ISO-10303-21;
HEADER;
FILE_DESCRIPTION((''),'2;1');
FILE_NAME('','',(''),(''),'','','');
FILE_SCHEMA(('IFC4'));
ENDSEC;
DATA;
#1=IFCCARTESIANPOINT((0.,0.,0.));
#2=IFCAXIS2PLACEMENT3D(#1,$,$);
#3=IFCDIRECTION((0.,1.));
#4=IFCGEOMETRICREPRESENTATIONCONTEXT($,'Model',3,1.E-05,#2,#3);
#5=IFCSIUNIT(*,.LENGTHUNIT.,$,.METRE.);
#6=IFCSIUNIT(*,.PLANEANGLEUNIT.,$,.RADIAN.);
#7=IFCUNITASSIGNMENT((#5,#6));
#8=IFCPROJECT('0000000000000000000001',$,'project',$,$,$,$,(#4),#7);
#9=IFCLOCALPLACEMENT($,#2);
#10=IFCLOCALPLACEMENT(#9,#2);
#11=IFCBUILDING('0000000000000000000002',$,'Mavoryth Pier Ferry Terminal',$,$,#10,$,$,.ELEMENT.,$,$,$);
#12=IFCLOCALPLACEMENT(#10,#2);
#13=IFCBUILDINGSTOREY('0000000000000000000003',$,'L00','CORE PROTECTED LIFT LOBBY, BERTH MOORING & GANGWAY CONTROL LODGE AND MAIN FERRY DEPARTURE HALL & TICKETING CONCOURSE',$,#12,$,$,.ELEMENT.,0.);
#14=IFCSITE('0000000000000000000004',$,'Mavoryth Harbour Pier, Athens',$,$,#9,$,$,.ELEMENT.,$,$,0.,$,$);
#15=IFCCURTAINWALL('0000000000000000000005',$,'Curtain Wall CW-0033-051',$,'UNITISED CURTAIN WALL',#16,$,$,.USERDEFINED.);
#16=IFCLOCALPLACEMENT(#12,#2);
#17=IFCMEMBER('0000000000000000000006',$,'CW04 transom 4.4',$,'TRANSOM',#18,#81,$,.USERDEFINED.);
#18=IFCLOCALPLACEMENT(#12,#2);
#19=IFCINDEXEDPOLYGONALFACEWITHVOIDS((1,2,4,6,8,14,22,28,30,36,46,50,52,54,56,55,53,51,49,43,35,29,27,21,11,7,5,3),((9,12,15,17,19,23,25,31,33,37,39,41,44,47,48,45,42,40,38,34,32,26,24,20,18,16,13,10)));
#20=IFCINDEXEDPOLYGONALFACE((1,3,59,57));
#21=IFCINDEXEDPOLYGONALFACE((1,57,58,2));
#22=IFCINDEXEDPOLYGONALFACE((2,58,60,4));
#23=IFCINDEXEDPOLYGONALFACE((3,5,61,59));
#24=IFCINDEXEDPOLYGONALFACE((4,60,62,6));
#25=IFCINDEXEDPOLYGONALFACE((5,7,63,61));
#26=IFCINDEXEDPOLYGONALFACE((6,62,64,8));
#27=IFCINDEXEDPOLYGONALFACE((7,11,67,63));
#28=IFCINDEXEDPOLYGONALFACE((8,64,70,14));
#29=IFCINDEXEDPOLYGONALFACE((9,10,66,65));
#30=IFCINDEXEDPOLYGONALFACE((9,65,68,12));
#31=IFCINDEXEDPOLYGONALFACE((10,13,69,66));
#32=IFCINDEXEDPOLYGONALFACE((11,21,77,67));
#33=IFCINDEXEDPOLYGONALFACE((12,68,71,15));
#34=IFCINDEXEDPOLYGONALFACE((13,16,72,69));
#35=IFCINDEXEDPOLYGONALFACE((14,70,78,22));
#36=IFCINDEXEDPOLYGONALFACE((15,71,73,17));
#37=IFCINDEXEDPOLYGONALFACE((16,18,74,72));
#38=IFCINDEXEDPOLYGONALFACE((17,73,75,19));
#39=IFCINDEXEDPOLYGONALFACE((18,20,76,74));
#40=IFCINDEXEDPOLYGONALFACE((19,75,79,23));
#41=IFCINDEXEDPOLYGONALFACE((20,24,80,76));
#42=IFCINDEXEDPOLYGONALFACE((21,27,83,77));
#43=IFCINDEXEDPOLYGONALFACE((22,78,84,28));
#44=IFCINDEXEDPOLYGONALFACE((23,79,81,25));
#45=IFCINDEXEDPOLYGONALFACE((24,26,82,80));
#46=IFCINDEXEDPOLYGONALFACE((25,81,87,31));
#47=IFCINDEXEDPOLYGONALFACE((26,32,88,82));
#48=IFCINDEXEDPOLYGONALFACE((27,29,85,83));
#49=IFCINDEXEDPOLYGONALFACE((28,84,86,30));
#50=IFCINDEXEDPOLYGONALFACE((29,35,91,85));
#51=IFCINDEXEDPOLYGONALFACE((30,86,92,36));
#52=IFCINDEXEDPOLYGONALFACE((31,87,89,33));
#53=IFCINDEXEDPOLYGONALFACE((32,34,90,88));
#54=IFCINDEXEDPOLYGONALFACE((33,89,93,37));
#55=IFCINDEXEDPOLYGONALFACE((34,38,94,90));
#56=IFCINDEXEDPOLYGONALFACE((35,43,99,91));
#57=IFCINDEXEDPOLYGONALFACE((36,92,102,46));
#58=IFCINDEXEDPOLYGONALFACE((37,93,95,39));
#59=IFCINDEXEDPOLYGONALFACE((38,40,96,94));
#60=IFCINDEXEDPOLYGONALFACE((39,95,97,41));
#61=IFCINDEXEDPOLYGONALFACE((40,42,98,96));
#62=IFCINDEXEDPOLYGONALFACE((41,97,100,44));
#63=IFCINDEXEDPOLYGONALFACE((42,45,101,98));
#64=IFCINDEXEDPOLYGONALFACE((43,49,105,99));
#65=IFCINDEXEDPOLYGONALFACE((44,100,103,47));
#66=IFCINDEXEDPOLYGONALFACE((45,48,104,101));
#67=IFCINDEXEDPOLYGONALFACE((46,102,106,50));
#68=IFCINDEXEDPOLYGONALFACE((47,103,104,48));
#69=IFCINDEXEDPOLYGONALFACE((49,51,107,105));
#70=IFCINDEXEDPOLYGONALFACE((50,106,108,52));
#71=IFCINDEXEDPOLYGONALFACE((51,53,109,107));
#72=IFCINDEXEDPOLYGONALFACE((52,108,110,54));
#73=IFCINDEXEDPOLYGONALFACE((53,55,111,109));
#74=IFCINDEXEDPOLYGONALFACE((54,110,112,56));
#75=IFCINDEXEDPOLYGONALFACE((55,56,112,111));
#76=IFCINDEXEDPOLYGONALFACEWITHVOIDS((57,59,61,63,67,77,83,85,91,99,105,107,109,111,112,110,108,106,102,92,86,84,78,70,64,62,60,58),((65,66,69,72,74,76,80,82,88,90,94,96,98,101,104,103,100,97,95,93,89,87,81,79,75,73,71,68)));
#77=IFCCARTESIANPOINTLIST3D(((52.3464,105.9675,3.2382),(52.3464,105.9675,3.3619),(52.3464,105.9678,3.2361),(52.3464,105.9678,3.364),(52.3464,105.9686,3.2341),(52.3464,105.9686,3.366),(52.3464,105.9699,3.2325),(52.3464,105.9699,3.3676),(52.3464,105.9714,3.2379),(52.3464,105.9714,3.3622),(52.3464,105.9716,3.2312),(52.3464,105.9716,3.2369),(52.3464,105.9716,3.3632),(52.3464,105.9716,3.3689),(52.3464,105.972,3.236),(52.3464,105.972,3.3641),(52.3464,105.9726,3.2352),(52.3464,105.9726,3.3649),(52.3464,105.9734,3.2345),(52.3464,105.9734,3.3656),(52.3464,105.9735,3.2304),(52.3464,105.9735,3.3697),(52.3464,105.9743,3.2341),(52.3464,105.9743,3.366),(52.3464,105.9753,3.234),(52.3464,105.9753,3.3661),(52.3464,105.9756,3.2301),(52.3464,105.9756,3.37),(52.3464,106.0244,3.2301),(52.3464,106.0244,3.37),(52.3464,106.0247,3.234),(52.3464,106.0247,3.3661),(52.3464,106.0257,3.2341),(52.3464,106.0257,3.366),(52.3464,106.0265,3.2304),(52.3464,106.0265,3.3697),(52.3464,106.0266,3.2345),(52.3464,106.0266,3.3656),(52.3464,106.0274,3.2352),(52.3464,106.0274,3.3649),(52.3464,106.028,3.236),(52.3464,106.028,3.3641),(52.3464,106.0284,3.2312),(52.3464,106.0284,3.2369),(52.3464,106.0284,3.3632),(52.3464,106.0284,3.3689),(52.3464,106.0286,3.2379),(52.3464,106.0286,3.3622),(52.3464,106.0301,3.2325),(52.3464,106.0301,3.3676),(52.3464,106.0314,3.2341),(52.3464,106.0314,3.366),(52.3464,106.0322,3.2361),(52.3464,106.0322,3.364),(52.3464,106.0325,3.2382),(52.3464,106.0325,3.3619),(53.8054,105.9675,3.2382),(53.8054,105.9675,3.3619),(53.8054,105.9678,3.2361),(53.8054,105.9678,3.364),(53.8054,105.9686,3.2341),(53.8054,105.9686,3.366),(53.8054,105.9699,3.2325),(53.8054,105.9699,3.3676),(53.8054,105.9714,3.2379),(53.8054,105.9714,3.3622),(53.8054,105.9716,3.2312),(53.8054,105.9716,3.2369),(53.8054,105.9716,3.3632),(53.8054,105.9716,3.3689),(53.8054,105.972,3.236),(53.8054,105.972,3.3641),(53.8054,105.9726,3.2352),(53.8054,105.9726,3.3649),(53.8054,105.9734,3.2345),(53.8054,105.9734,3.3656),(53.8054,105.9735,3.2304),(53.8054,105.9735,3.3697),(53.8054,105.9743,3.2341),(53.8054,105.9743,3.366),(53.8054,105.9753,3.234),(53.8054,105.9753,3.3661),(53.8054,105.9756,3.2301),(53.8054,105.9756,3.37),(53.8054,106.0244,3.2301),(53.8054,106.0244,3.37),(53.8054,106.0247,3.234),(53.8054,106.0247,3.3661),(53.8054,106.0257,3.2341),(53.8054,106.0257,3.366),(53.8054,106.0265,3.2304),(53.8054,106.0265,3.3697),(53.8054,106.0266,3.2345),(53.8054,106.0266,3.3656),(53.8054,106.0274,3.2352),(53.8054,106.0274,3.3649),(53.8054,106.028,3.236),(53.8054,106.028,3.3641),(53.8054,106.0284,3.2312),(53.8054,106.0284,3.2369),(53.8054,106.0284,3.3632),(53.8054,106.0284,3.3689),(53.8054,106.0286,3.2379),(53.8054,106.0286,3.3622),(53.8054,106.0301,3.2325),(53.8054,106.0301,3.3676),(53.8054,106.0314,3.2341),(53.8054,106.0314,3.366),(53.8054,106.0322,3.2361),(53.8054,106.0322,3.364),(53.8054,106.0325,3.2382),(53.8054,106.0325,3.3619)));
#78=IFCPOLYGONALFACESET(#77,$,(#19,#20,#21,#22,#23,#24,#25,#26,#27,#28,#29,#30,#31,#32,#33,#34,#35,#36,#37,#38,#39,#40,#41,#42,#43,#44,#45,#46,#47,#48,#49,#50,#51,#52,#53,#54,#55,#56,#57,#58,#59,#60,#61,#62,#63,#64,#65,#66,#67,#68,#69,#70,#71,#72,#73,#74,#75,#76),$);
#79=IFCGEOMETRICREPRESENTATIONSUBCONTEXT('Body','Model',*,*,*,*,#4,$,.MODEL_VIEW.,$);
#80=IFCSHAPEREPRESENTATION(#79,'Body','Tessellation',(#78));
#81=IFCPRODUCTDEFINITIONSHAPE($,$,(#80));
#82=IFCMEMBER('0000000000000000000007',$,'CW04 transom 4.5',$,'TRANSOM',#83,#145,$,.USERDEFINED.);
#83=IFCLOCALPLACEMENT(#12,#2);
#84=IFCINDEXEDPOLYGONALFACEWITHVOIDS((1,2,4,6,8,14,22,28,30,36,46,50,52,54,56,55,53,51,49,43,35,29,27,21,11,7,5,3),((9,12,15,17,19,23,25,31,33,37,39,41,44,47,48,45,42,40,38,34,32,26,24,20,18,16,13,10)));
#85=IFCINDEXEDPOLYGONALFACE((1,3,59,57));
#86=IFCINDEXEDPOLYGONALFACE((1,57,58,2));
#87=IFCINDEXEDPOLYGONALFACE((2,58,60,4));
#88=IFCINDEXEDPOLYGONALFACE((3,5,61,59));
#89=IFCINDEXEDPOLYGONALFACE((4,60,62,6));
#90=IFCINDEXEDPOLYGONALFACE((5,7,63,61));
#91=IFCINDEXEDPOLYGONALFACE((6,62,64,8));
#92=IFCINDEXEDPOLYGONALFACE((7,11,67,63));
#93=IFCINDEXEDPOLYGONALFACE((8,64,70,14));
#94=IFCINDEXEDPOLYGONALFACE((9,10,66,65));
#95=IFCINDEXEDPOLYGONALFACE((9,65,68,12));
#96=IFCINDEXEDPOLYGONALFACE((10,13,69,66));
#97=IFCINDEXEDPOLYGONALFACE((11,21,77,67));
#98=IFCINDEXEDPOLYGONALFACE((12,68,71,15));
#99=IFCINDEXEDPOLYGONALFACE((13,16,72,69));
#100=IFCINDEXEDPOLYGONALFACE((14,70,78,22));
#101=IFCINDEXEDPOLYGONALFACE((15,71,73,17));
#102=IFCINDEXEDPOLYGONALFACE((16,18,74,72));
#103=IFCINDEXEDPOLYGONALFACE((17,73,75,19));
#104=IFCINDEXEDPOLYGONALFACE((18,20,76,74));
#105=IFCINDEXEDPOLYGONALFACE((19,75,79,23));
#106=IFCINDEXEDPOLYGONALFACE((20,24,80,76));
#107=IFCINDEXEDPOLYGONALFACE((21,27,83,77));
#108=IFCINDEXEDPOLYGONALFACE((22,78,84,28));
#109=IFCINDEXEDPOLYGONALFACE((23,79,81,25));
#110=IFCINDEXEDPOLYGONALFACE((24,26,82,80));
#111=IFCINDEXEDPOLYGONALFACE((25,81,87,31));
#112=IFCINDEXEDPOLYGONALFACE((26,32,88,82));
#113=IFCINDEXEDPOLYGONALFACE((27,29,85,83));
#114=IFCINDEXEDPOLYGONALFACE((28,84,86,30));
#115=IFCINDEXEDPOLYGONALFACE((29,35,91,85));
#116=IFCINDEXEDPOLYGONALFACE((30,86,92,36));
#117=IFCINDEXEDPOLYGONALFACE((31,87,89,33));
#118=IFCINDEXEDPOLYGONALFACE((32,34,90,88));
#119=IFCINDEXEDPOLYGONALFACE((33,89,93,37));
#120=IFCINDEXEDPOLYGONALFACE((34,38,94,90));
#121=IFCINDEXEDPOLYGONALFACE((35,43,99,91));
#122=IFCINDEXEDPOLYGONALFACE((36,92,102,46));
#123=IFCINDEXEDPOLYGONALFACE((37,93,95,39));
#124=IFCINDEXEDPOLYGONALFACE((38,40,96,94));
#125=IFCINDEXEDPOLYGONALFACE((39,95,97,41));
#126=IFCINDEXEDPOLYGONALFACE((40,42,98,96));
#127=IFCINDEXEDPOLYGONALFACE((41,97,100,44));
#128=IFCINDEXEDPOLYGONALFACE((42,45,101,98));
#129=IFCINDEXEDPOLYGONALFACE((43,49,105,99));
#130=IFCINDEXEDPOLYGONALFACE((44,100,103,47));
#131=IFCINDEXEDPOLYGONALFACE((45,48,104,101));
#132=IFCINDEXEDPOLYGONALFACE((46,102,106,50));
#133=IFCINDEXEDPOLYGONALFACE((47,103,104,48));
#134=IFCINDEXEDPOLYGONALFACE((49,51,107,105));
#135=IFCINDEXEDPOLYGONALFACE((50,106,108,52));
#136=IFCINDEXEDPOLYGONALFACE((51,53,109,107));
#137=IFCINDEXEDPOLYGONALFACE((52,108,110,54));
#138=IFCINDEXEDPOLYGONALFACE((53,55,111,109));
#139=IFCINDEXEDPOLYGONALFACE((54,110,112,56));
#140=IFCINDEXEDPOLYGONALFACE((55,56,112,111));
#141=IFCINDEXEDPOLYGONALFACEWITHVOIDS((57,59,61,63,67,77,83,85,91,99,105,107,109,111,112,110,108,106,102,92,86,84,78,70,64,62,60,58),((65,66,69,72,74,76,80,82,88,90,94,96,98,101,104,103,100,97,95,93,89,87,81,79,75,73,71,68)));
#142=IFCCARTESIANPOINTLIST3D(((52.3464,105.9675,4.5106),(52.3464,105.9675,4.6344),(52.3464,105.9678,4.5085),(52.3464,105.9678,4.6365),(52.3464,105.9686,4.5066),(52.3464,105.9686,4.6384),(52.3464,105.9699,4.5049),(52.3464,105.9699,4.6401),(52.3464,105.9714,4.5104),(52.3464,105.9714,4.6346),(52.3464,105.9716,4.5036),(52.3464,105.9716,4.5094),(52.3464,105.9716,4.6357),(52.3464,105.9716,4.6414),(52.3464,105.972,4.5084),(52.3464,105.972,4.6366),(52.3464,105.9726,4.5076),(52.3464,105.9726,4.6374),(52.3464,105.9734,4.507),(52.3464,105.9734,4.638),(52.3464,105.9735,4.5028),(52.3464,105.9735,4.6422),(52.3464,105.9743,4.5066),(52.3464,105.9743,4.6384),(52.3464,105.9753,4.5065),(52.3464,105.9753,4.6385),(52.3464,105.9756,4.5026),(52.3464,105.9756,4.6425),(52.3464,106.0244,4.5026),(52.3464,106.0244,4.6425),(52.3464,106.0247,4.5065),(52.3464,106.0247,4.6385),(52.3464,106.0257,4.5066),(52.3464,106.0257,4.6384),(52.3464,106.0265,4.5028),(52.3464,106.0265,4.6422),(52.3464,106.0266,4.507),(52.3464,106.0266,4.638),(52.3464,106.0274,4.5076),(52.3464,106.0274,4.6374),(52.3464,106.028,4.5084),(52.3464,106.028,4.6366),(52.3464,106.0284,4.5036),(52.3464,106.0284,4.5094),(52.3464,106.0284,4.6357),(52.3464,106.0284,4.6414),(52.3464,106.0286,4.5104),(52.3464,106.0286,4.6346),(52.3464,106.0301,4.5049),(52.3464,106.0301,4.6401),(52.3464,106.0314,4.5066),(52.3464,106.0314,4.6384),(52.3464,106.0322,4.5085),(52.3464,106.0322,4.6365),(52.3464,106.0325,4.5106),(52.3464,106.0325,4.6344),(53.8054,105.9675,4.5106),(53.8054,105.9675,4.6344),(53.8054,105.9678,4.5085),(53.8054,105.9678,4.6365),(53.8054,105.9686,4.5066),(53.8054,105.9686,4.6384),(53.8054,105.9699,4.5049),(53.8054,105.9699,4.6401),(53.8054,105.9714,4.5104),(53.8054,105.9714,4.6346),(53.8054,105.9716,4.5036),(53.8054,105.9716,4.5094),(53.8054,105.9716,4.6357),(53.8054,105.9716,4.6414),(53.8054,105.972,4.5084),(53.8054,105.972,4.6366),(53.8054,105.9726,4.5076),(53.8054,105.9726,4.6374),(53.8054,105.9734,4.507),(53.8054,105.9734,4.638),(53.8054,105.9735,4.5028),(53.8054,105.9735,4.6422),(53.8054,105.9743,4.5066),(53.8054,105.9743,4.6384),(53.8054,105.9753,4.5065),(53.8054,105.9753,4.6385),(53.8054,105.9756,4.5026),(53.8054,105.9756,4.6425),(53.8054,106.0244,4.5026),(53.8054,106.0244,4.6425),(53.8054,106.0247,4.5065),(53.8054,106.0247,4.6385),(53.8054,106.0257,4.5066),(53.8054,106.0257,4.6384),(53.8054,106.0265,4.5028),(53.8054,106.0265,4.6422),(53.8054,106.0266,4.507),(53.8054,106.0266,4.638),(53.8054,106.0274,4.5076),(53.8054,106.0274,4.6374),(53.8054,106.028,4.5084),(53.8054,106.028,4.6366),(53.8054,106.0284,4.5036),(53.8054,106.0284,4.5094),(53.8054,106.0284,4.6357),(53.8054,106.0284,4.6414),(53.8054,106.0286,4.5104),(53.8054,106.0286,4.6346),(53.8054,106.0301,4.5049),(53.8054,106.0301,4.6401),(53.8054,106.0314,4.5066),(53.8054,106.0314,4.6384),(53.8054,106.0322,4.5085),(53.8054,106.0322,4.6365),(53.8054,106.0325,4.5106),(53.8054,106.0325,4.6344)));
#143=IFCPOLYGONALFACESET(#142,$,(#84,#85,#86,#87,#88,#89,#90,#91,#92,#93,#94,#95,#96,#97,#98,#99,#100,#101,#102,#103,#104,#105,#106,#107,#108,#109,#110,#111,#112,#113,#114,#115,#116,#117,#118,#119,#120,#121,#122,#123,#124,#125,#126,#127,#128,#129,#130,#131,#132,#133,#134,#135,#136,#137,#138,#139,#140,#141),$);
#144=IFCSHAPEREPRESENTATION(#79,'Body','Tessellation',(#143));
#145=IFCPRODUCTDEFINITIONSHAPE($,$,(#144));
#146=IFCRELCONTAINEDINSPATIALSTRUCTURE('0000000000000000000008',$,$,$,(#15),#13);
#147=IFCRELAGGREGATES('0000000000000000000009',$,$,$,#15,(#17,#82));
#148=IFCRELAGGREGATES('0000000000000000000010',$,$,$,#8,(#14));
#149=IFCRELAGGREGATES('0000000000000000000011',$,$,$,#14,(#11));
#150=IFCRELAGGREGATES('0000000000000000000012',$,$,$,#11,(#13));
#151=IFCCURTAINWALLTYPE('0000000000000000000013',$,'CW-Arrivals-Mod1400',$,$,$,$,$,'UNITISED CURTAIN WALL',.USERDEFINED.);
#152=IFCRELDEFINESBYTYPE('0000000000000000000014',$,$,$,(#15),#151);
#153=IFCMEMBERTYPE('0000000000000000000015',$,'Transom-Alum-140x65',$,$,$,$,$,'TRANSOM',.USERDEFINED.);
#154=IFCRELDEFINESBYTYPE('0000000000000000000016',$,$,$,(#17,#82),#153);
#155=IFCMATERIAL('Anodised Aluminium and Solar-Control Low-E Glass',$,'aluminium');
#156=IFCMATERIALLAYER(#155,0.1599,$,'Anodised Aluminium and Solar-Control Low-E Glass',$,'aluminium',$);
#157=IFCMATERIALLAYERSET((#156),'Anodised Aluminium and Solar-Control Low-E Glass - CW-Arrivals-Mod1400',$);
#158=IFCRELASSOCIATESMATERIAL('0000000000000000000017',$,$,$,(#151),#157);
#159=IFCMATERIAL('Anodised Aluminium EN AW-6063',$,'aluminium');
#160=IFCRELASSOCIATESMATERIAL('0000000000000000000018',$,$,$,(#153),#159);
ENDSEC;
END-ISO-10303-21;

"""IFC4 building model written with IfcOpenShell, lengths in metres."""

from ifc_helpers import new_model, si_unit, direction, frame, origin, origin_2d, place, context, subcontext, project, spatial, hollow_rectangle, extrude, material, layer, layer_set, material_profile, profile_set, type_object, element, aggregate, save


model = new_model("IFC4")

# Units and contexts
model_context = context("Model", 3, precision=1e-05, world=origin(), true_north=direction((0.0, 1.0)))
body_context = subcontext(model_context, "Body", "Model", "MODEL_VIEW")
ifc_project = project(units=[si_unit("LENGTHUNIT", "METRE"), si_unit("PLANEANGLEUNIT", "RADIAN")], contexts=[model_context])

# Site, building, storey
site_placement = place(None, origin())
site = spatial("IfcSite", under=ifc_project, at=site_placement, Name="Mavoryth Harbour Pier, Athens", CompositionType="ELEMENT", RefElevation=0.0)
building_placement = place(site_placement, origin())
building = spatial("IfcBuilding", under=site, at=building_placement, Name="Mavoryth Pier Ferry Terminal", CompositionType="ELEMENT")
storey_placement = place(building_placement, origin())
storey = spatial("IfcBuildingStorey", under=building, at=storey_placement, Name="L00", Description="CORE PROTECTED LIFT LOBBY, BERTH MOORING & GANGWAY CONTROL LODGE AND MAIN FERRY DEPARTURE HALL & TICKETING CONCOURSE", CompositionType="ELEMENT", Elevation=0.0)

# Curtain wall, members
ifc_material_1 = material(Name="Anodised Aluminium and Solar-Control Low-E Glass", Category="aluminium")
ifc_layer_1 = layer(ifc_material_1, 0.1599, Name="Anodised Aluminium and Solar-Control Low-E Glass", Category="aluminium")
ifc_layer_set_1 = layer_set([ifc_layer_1], Name="Anodised Aluminium and Solar-Control Low-E Glass - CW-Arrivals-Mod1400")
curtain_wall_type = type_object("IfcCurtainWallType", Name="CW-Arrivals-Mod1400", ElementType="UNITISED CURTAIN WALL", PredefinedType="USERDEFINED", material=ifc_layer_set_1)
curtain_wall_placement = place(storey_placement, origin())
curtain_wall = element("IfcCurtainWall", 1, at=curtain_wall_placement, inside=storey, type_object=curtain_wall_type, Name="Curtain Wall CW-0033-051", ObjectType="UNITISED CURTAIN WALL", PredefinedType="USERDEFINED")
ifc_material_2 = material(Name="Anodised Aluminium EN AW-6063", Category="aluminium")
ifc_material_profile_1 = material_profile(ifc_material_2, hollow_rectangle(XDim=0.0649, YDim=0.1399, WallThickness=0.0039, InnerFilletRadius=0.0039, OuterFilletRadius=0.0081, at=origin_2d()), Name="AL-TRAN 140x65x4", Category="aluminium")
ifc_profile_set_1 = profile_set([ifc_material_profile_1], Name="Anodised Aluminium EN AW-6063 - AL-TRAN 140x65x4")
member_type_1 = type_object("IfcMemberType", Name="Transom-Alum-140x65", ElementType="TRANSOM", PredefinedType="USERDEFINED", material=ifc_profile_set_1)
member_1_placement = place(storey_placement, frame((53.8054, 106.0, 3.3), z_axis=(-1.0, 0.0, 0.0), x_axis=(0.0, -1.0, 0.0)))
member_1 = element("IfcMember", 2, at=member_1_placement, type_object=member_type_1, Name="CW04 transom 4.4", ObjectType="TRANSOM", PredefinedType="USERDEFINED", context=body_context, shape_type="SweptSolid", body=[
    extrude(hollow_rectangle(XDim=0.0649, YDim=0.1399, WallThickness=0.0039, InnerFilletRadius=0.0039, OuterFilletRadius=0.0081, at=origin_2d()), origin(), (0.0, 0.0, 1.0), 1.459),
])
member_2_placement = place(storey_placement, frame((53.8054, 106.0, 4.5725), z_axis=(-1.0, 0.0, 0.0), x_axis=(0.0, -1.0, 0.0)))
member_2 = element("IfcMember", 3, at=member_2_placement, type_object=member_type_1, Name="CW04 transom 4.5", ObjectType="TRANSOM", PredefinedType="USERDEFINED", context=body_context, shape_type="SweptSolid", body=[
    extrude(hollow_rectangle(XDim=0.0649, YDim=0.1399, WallThickness=0.0039, InnerFilletRadius=0.0039, OuterFilletRadius=0.0081, at=origin_2d()), origin(), (0.0, 0.0, 1.0), 1.459),
])
aggregate(curtain_wall, [member_1, member_2])

save(model, "model.ifc")
